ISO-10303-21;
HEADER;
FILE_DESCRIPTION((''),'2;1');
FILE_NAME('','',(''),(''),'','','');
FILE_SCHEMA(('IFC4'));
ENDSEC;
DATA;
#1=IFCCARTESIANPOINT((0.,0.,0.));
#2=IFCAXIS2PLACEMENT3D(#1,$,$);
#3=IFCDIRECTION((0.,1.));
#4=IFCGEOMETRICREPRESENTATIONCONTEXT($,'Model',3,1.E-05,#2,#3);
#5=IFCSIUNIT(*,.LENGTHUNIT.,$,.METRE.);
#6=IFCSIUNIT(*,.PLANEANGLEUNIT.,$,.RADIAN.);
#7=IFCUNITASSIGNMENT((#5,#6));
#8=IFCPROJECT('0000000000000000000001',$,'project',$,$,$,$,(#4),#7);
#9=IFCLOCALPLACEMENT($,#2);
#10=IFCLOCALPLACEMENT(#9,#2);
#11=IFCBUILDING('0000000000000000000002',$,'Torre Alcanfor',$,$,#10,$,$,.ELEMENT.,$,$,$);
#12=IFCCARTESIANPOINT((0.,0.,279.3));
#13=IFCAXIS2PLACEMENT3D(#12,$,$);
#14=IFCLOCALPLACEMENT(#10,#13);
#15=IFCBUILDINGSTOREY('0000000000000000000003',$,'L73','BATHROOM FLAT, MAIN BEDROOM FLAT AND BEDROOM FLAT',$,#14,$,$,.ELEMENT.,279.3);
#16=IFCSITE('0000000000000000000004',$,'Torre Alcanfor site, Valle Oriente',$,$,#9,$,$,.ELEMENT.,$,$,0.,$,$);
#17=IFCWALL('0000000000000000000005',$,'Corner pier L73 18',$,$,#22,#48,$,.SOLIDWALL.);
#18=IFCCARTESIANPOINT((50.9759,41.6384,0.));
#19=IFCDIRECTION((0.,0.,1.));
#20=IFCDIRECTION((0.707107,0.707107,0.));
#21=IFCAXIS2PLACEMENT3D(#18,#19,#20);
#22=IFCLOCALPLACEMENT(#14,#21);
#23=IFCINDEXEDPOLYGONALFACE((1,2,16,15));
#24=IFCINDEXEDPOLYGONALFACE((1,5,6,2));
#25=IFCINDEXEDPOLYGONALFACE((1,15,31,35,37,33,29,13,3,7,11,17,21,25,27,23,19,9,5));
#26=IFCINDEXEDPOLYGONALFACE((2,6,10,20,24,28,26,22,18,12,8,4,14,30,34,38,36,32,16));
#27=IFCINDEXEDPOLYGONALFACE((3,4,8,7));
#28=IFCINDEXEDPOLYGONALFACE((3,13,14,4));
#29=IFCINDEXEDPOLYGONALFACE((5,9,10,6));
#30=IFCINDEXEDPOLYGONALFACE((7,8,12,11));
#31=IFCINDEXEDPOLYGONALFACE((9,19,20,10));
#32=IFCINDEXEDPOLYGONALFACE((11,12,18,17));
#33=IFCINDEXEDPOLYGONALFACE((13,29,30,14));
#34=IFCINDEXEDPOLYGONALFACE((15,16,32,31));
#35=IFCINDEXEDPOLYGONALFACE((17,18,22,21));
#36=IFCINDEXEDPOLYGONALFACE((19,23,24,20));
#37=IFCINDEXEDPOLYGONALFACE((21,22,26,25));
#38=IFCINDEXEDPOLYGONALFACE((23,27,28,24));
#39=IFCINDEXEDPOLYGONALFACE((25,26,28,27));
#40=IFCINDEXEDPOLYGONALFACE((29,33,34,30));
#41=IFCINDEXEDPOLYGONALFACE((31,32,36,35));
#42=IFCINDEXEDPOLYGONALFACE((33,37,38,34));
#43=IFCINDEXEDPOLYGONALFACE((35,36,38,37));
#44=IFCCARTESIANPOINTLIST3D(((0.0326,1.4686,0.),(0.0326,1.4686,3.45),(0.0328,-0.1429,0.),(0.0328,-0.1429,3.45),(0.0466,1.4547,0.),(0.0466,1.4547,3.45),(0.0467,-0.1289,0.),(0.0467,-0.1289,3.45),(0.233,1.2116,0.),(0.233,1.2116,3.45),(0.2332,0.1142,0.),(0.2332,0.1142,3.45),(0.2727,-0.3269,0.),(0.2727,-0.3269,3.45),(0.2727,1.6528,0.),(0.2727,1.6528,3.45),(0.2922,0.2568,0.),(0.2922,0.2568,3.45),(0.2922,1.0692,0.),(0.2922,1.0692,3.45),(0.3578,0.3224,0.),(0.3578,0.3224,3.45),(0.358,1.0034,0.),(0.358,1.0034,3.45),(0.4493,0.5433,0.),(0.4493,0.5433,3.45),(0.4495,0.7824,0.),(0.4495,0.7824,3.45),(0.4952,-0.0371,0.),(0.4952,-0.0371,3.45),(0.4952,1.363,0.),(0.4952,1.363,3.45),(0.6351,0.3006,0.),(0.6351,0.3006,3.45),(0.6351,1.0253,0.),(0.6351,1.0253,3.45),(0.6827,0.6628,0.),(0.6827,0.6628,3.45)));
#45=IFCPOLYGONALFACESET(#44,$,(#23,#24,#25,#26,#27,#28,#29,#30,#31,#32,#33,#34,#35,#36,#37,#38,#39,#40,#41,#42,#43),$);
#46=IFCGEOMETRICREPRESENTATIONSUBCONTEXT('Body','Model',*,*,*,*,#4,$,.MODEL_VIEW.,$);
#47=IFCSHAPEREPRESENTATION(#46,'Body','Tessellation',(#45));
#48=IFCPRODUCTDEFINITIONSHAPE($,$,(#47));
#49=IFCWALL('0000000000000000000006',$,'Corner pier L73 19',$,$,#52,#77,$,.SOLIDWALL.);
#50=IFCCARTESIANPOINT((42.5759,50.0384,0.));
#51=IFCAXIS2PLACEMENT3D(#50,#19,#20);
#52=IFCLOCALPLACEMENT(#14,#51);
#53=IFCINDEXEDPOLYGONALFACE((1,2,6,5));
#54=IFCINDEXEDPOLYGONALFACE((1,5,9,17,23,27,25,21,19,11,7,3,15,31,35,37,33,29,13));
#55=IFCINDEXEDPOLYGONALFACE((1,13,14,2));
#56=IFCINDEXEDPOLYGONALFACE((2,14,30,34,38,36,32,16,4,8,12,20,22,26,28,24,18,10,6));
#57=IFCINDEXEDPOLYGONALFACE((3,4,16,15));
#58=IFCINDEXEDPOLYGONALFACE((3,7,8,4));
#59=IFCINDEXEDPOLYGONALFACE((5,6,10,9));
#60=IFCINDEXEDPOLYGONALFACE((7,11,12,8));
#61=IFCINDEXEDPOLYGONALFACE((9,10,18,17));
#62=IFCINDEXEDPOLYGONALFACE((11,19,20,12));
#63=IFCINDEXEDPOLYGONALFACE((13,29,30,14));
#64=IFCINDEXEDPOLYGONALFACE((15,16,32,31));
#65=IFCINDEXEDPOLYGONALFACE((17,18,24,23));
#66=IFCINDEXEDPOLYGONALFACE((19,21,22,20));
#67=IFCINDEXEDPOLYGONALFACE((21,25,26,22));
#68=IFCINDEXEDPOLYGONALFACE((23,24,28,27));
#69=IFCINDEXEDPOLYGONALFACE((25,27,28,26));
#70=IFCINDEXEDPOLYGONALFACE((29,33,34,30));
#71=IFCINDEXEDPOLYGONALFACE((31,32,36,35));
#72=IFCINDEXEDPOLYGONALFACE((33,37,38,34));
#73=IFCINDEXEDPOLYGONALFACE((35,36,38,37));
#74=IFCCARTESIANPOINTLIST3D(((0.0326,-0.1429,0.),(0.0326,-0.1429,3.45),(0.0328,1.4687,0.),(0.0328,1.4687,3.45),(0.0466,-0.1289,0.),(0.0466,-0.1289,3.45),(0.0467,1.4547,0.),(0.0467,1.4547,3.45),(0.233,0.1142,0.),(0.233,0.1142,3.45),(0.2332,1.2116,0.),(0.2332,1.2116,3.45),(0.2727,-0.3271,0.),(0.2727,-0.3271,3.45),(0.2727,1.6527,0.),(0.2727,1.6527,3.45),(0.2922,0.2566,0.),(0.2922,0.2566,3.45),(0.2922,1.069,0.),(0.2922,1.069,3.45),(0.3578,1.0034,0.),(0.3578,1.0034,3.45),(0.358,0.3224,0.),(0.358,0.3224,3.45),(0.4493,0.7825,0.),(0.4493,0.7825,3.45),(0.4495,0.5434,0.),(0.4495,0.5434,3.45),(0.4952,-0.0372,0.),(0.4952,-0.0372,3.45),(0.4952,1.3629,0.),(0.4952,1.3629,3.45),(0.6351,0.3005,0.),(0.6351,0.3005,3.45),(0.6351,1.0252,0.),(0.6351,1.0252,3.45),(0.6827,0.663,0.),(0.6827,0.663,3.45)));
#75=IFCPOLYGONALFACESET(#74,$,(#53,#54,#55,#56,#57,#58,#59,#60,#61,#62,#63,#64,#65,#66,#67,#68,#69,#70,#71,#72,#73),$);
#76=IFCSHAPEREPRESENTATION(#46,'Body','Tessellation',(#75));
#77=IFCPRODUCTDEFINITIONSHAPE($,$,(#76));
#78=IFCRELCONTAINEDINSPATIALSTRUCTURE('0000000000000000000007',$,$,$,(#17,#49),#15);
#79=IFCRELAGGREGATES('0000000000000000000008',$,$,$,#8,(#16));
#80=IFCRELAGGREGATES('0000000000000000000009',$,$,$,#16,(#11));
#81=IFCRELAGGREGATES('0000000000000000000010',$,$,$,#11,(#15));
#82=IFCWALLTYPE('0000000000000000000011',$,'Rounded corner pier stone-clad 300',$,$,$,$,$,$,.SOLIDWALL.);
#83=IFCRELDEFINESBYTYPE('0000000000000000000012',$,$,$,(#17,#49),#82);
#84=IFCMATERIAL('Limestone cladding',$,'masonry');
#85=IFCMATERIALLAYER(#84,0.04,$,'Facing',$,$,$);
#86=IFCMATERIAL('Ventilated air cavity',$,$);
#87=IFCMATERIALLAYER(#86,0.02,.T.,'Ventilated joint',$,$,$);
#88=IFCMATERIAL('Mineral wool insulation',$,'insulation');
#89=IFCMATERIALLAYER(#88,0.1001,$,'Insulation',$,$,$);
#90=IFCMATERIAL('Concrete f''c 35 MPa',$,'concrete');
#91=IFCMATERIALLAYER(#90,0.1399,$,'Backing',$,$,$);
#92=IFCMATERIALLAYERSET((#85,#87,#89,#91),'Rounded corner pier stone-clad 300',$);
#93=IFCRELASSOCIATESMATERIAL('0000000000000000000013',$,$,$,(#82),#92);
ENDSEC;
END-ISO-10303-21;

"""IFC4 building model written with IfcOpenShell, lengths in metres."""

from ifc_helpers import new_model, si_unit, direction, frame, origin, place, context, subcontext, project, spatial, polyline, outline, extrude, material, layer, layer_set, type_object, element, save


model = new_model("IFC4")

# Units and contexts
model_context = context("Model", 3, precision=1e-05, world=origin(), true_north=direction((0.0, 1.0)))
body_context = subcontext(model_context, "Body", "Model", "MODEL_VIEW")
ifc_project = project(units=[si_unit("LENGTHUNIT", "METRE"), si_unit("PLANEANGLEUNIT", "RADIAN")], contexts=[model_context])

# Site, building, storey
site_placement = place(None, origin())
site = spatial("IfcSite", under=ifc_project, at=site_placement, Name="Torre Alcanfor site, Valle Oriente", CompositionType="ELEMENT", RefElevation=0.0)
building_placement = place(site_placement, origin())
building = spatial("IfcBuilding", under=site, at=building_placement, Name="Torre Alcanfor", CompositionType="ELEMENT")
storey_placement = place(building_placement, frame((0.0, 0.0, 279.3)))
storey = spatial("IfcBuildingStorey", under=building, at=storey_placement, Name="L73", Description="BATHROOM FLAT, MAIN BEDROOM FLAT AND BEDROOM FLAT", CompositionType="ELEMENT", Elevation=279.3)

# Shared definitions
ifc_material_1 = material(Name="Limestone cladding", Category="masonry")
ifc_material_2 = material(Name="Ventilated air cavity")
ifc_material_3 = material(Name="Mineral wool insulation", Category="insulation")
ifc_material_4 = material(Name="Concrete f'c 35 MPa", Category="concrete")

# Walls
ifc_layer_1 = layer(ifc_material_1, 0.04, Name="Facing")
ifc_layer_2 = layer(ifc_material_2, 0.02, ventilated=True, Name="Ventilated joint")
ifc_layer_3 = layer(ifc_material_3, 0.1001, Name="Insulation")
ifc_layer_4 = layer(ifc_material_4, 0.1399, Name="Backing")
ifc_layer_set_1 = layer_set([ifc_layer_1, ifc_layer_2, ifc_layer_3, ifc_layer_4], Name="Rounded corner pier stone-clad 300")
wall_type_1 = type_object("IfcWallType", Name="Rounded corner pier stone-clad 300", PredefinedType="SOLIDWALL", material=ifc_layer_set_1)
wall_1_placement = place(storey_placement, frame((50.9759, 41.6384, 0.0), z_axis=(0.0, 0.0, 1.0), x_axis=(0.707107, 0.707107, 0.0)))
element("IfcWall", 1, at=wall_1_placement, inside=storey, type_object=wall_type_1, Name="Corner pier L73 18", PredefinedType="SOLIDWALL", context=body_context, shape_type="SweptSolid", body=[
    extrude(outline(polyline([(0.2332, 0.1142), (0.0467, -0.1289), (0.0328, -0.1429), (0.2727, -0.3269), (0.4952, -0.0371), (0.6351, 0.3006), (0.6827, 0.6628), (0.6351, 1.0253), (0.4952, 1.363), (0.2727, 1.6528), (0.0326, 1.4686), (0.0466, 1.4547), (0.233, 1.2116), (0.2922, 1.0692), (0.358, 1.0034), (0.4495, 0.7824), (0.4493, 0.5433), (0.3578, 0.3224), (0.2922, 0.2568), (0.2332, 0.1142)])), origin(), (0.0, 0.0, 1.0), 3.45),
])
wall_2_placement = place(storey_placement, frame((42.5759, 50.0384, 0.0), z_axis=(0.0, 0.0, 1.0), x_axis=(0.707107, 0.707107, 0.0)))
element("IfcWall", 2, at=wall_2_placement, inside=storey, type_object=wall_type_1, Name="Corner pier L73 19", PredefinedType="SOLIDWALL", context=body_context, shape_type="SweptSolid", body=[
    extrude(outline(polyline([(0.233, 0.1142), (0.0466, -0.1289), (0.0326, -0.1429), (0.2727, -0.3271), (0.4952, -0.0372), (0.6351, 0.3005), (0.6827, 0.663), (0.6351, 1.0252), (0.4952, 1.3629), (0.2727, 1.6527), (0.0328, 1.4687), (0.0467, 1.4547), (0.2332, 1.2116), (0.2922, 1.069), (0.3578, 1.0034), (0.4493, 0.7825), (0.4495, 0.5434), (0.358, 0.3224), (0.2922, 0.2566), (0.233, 0.1142)])), origin(), (0.0, 0.0, 1.0), 3.45),
])

save(model, "model.ifc")
